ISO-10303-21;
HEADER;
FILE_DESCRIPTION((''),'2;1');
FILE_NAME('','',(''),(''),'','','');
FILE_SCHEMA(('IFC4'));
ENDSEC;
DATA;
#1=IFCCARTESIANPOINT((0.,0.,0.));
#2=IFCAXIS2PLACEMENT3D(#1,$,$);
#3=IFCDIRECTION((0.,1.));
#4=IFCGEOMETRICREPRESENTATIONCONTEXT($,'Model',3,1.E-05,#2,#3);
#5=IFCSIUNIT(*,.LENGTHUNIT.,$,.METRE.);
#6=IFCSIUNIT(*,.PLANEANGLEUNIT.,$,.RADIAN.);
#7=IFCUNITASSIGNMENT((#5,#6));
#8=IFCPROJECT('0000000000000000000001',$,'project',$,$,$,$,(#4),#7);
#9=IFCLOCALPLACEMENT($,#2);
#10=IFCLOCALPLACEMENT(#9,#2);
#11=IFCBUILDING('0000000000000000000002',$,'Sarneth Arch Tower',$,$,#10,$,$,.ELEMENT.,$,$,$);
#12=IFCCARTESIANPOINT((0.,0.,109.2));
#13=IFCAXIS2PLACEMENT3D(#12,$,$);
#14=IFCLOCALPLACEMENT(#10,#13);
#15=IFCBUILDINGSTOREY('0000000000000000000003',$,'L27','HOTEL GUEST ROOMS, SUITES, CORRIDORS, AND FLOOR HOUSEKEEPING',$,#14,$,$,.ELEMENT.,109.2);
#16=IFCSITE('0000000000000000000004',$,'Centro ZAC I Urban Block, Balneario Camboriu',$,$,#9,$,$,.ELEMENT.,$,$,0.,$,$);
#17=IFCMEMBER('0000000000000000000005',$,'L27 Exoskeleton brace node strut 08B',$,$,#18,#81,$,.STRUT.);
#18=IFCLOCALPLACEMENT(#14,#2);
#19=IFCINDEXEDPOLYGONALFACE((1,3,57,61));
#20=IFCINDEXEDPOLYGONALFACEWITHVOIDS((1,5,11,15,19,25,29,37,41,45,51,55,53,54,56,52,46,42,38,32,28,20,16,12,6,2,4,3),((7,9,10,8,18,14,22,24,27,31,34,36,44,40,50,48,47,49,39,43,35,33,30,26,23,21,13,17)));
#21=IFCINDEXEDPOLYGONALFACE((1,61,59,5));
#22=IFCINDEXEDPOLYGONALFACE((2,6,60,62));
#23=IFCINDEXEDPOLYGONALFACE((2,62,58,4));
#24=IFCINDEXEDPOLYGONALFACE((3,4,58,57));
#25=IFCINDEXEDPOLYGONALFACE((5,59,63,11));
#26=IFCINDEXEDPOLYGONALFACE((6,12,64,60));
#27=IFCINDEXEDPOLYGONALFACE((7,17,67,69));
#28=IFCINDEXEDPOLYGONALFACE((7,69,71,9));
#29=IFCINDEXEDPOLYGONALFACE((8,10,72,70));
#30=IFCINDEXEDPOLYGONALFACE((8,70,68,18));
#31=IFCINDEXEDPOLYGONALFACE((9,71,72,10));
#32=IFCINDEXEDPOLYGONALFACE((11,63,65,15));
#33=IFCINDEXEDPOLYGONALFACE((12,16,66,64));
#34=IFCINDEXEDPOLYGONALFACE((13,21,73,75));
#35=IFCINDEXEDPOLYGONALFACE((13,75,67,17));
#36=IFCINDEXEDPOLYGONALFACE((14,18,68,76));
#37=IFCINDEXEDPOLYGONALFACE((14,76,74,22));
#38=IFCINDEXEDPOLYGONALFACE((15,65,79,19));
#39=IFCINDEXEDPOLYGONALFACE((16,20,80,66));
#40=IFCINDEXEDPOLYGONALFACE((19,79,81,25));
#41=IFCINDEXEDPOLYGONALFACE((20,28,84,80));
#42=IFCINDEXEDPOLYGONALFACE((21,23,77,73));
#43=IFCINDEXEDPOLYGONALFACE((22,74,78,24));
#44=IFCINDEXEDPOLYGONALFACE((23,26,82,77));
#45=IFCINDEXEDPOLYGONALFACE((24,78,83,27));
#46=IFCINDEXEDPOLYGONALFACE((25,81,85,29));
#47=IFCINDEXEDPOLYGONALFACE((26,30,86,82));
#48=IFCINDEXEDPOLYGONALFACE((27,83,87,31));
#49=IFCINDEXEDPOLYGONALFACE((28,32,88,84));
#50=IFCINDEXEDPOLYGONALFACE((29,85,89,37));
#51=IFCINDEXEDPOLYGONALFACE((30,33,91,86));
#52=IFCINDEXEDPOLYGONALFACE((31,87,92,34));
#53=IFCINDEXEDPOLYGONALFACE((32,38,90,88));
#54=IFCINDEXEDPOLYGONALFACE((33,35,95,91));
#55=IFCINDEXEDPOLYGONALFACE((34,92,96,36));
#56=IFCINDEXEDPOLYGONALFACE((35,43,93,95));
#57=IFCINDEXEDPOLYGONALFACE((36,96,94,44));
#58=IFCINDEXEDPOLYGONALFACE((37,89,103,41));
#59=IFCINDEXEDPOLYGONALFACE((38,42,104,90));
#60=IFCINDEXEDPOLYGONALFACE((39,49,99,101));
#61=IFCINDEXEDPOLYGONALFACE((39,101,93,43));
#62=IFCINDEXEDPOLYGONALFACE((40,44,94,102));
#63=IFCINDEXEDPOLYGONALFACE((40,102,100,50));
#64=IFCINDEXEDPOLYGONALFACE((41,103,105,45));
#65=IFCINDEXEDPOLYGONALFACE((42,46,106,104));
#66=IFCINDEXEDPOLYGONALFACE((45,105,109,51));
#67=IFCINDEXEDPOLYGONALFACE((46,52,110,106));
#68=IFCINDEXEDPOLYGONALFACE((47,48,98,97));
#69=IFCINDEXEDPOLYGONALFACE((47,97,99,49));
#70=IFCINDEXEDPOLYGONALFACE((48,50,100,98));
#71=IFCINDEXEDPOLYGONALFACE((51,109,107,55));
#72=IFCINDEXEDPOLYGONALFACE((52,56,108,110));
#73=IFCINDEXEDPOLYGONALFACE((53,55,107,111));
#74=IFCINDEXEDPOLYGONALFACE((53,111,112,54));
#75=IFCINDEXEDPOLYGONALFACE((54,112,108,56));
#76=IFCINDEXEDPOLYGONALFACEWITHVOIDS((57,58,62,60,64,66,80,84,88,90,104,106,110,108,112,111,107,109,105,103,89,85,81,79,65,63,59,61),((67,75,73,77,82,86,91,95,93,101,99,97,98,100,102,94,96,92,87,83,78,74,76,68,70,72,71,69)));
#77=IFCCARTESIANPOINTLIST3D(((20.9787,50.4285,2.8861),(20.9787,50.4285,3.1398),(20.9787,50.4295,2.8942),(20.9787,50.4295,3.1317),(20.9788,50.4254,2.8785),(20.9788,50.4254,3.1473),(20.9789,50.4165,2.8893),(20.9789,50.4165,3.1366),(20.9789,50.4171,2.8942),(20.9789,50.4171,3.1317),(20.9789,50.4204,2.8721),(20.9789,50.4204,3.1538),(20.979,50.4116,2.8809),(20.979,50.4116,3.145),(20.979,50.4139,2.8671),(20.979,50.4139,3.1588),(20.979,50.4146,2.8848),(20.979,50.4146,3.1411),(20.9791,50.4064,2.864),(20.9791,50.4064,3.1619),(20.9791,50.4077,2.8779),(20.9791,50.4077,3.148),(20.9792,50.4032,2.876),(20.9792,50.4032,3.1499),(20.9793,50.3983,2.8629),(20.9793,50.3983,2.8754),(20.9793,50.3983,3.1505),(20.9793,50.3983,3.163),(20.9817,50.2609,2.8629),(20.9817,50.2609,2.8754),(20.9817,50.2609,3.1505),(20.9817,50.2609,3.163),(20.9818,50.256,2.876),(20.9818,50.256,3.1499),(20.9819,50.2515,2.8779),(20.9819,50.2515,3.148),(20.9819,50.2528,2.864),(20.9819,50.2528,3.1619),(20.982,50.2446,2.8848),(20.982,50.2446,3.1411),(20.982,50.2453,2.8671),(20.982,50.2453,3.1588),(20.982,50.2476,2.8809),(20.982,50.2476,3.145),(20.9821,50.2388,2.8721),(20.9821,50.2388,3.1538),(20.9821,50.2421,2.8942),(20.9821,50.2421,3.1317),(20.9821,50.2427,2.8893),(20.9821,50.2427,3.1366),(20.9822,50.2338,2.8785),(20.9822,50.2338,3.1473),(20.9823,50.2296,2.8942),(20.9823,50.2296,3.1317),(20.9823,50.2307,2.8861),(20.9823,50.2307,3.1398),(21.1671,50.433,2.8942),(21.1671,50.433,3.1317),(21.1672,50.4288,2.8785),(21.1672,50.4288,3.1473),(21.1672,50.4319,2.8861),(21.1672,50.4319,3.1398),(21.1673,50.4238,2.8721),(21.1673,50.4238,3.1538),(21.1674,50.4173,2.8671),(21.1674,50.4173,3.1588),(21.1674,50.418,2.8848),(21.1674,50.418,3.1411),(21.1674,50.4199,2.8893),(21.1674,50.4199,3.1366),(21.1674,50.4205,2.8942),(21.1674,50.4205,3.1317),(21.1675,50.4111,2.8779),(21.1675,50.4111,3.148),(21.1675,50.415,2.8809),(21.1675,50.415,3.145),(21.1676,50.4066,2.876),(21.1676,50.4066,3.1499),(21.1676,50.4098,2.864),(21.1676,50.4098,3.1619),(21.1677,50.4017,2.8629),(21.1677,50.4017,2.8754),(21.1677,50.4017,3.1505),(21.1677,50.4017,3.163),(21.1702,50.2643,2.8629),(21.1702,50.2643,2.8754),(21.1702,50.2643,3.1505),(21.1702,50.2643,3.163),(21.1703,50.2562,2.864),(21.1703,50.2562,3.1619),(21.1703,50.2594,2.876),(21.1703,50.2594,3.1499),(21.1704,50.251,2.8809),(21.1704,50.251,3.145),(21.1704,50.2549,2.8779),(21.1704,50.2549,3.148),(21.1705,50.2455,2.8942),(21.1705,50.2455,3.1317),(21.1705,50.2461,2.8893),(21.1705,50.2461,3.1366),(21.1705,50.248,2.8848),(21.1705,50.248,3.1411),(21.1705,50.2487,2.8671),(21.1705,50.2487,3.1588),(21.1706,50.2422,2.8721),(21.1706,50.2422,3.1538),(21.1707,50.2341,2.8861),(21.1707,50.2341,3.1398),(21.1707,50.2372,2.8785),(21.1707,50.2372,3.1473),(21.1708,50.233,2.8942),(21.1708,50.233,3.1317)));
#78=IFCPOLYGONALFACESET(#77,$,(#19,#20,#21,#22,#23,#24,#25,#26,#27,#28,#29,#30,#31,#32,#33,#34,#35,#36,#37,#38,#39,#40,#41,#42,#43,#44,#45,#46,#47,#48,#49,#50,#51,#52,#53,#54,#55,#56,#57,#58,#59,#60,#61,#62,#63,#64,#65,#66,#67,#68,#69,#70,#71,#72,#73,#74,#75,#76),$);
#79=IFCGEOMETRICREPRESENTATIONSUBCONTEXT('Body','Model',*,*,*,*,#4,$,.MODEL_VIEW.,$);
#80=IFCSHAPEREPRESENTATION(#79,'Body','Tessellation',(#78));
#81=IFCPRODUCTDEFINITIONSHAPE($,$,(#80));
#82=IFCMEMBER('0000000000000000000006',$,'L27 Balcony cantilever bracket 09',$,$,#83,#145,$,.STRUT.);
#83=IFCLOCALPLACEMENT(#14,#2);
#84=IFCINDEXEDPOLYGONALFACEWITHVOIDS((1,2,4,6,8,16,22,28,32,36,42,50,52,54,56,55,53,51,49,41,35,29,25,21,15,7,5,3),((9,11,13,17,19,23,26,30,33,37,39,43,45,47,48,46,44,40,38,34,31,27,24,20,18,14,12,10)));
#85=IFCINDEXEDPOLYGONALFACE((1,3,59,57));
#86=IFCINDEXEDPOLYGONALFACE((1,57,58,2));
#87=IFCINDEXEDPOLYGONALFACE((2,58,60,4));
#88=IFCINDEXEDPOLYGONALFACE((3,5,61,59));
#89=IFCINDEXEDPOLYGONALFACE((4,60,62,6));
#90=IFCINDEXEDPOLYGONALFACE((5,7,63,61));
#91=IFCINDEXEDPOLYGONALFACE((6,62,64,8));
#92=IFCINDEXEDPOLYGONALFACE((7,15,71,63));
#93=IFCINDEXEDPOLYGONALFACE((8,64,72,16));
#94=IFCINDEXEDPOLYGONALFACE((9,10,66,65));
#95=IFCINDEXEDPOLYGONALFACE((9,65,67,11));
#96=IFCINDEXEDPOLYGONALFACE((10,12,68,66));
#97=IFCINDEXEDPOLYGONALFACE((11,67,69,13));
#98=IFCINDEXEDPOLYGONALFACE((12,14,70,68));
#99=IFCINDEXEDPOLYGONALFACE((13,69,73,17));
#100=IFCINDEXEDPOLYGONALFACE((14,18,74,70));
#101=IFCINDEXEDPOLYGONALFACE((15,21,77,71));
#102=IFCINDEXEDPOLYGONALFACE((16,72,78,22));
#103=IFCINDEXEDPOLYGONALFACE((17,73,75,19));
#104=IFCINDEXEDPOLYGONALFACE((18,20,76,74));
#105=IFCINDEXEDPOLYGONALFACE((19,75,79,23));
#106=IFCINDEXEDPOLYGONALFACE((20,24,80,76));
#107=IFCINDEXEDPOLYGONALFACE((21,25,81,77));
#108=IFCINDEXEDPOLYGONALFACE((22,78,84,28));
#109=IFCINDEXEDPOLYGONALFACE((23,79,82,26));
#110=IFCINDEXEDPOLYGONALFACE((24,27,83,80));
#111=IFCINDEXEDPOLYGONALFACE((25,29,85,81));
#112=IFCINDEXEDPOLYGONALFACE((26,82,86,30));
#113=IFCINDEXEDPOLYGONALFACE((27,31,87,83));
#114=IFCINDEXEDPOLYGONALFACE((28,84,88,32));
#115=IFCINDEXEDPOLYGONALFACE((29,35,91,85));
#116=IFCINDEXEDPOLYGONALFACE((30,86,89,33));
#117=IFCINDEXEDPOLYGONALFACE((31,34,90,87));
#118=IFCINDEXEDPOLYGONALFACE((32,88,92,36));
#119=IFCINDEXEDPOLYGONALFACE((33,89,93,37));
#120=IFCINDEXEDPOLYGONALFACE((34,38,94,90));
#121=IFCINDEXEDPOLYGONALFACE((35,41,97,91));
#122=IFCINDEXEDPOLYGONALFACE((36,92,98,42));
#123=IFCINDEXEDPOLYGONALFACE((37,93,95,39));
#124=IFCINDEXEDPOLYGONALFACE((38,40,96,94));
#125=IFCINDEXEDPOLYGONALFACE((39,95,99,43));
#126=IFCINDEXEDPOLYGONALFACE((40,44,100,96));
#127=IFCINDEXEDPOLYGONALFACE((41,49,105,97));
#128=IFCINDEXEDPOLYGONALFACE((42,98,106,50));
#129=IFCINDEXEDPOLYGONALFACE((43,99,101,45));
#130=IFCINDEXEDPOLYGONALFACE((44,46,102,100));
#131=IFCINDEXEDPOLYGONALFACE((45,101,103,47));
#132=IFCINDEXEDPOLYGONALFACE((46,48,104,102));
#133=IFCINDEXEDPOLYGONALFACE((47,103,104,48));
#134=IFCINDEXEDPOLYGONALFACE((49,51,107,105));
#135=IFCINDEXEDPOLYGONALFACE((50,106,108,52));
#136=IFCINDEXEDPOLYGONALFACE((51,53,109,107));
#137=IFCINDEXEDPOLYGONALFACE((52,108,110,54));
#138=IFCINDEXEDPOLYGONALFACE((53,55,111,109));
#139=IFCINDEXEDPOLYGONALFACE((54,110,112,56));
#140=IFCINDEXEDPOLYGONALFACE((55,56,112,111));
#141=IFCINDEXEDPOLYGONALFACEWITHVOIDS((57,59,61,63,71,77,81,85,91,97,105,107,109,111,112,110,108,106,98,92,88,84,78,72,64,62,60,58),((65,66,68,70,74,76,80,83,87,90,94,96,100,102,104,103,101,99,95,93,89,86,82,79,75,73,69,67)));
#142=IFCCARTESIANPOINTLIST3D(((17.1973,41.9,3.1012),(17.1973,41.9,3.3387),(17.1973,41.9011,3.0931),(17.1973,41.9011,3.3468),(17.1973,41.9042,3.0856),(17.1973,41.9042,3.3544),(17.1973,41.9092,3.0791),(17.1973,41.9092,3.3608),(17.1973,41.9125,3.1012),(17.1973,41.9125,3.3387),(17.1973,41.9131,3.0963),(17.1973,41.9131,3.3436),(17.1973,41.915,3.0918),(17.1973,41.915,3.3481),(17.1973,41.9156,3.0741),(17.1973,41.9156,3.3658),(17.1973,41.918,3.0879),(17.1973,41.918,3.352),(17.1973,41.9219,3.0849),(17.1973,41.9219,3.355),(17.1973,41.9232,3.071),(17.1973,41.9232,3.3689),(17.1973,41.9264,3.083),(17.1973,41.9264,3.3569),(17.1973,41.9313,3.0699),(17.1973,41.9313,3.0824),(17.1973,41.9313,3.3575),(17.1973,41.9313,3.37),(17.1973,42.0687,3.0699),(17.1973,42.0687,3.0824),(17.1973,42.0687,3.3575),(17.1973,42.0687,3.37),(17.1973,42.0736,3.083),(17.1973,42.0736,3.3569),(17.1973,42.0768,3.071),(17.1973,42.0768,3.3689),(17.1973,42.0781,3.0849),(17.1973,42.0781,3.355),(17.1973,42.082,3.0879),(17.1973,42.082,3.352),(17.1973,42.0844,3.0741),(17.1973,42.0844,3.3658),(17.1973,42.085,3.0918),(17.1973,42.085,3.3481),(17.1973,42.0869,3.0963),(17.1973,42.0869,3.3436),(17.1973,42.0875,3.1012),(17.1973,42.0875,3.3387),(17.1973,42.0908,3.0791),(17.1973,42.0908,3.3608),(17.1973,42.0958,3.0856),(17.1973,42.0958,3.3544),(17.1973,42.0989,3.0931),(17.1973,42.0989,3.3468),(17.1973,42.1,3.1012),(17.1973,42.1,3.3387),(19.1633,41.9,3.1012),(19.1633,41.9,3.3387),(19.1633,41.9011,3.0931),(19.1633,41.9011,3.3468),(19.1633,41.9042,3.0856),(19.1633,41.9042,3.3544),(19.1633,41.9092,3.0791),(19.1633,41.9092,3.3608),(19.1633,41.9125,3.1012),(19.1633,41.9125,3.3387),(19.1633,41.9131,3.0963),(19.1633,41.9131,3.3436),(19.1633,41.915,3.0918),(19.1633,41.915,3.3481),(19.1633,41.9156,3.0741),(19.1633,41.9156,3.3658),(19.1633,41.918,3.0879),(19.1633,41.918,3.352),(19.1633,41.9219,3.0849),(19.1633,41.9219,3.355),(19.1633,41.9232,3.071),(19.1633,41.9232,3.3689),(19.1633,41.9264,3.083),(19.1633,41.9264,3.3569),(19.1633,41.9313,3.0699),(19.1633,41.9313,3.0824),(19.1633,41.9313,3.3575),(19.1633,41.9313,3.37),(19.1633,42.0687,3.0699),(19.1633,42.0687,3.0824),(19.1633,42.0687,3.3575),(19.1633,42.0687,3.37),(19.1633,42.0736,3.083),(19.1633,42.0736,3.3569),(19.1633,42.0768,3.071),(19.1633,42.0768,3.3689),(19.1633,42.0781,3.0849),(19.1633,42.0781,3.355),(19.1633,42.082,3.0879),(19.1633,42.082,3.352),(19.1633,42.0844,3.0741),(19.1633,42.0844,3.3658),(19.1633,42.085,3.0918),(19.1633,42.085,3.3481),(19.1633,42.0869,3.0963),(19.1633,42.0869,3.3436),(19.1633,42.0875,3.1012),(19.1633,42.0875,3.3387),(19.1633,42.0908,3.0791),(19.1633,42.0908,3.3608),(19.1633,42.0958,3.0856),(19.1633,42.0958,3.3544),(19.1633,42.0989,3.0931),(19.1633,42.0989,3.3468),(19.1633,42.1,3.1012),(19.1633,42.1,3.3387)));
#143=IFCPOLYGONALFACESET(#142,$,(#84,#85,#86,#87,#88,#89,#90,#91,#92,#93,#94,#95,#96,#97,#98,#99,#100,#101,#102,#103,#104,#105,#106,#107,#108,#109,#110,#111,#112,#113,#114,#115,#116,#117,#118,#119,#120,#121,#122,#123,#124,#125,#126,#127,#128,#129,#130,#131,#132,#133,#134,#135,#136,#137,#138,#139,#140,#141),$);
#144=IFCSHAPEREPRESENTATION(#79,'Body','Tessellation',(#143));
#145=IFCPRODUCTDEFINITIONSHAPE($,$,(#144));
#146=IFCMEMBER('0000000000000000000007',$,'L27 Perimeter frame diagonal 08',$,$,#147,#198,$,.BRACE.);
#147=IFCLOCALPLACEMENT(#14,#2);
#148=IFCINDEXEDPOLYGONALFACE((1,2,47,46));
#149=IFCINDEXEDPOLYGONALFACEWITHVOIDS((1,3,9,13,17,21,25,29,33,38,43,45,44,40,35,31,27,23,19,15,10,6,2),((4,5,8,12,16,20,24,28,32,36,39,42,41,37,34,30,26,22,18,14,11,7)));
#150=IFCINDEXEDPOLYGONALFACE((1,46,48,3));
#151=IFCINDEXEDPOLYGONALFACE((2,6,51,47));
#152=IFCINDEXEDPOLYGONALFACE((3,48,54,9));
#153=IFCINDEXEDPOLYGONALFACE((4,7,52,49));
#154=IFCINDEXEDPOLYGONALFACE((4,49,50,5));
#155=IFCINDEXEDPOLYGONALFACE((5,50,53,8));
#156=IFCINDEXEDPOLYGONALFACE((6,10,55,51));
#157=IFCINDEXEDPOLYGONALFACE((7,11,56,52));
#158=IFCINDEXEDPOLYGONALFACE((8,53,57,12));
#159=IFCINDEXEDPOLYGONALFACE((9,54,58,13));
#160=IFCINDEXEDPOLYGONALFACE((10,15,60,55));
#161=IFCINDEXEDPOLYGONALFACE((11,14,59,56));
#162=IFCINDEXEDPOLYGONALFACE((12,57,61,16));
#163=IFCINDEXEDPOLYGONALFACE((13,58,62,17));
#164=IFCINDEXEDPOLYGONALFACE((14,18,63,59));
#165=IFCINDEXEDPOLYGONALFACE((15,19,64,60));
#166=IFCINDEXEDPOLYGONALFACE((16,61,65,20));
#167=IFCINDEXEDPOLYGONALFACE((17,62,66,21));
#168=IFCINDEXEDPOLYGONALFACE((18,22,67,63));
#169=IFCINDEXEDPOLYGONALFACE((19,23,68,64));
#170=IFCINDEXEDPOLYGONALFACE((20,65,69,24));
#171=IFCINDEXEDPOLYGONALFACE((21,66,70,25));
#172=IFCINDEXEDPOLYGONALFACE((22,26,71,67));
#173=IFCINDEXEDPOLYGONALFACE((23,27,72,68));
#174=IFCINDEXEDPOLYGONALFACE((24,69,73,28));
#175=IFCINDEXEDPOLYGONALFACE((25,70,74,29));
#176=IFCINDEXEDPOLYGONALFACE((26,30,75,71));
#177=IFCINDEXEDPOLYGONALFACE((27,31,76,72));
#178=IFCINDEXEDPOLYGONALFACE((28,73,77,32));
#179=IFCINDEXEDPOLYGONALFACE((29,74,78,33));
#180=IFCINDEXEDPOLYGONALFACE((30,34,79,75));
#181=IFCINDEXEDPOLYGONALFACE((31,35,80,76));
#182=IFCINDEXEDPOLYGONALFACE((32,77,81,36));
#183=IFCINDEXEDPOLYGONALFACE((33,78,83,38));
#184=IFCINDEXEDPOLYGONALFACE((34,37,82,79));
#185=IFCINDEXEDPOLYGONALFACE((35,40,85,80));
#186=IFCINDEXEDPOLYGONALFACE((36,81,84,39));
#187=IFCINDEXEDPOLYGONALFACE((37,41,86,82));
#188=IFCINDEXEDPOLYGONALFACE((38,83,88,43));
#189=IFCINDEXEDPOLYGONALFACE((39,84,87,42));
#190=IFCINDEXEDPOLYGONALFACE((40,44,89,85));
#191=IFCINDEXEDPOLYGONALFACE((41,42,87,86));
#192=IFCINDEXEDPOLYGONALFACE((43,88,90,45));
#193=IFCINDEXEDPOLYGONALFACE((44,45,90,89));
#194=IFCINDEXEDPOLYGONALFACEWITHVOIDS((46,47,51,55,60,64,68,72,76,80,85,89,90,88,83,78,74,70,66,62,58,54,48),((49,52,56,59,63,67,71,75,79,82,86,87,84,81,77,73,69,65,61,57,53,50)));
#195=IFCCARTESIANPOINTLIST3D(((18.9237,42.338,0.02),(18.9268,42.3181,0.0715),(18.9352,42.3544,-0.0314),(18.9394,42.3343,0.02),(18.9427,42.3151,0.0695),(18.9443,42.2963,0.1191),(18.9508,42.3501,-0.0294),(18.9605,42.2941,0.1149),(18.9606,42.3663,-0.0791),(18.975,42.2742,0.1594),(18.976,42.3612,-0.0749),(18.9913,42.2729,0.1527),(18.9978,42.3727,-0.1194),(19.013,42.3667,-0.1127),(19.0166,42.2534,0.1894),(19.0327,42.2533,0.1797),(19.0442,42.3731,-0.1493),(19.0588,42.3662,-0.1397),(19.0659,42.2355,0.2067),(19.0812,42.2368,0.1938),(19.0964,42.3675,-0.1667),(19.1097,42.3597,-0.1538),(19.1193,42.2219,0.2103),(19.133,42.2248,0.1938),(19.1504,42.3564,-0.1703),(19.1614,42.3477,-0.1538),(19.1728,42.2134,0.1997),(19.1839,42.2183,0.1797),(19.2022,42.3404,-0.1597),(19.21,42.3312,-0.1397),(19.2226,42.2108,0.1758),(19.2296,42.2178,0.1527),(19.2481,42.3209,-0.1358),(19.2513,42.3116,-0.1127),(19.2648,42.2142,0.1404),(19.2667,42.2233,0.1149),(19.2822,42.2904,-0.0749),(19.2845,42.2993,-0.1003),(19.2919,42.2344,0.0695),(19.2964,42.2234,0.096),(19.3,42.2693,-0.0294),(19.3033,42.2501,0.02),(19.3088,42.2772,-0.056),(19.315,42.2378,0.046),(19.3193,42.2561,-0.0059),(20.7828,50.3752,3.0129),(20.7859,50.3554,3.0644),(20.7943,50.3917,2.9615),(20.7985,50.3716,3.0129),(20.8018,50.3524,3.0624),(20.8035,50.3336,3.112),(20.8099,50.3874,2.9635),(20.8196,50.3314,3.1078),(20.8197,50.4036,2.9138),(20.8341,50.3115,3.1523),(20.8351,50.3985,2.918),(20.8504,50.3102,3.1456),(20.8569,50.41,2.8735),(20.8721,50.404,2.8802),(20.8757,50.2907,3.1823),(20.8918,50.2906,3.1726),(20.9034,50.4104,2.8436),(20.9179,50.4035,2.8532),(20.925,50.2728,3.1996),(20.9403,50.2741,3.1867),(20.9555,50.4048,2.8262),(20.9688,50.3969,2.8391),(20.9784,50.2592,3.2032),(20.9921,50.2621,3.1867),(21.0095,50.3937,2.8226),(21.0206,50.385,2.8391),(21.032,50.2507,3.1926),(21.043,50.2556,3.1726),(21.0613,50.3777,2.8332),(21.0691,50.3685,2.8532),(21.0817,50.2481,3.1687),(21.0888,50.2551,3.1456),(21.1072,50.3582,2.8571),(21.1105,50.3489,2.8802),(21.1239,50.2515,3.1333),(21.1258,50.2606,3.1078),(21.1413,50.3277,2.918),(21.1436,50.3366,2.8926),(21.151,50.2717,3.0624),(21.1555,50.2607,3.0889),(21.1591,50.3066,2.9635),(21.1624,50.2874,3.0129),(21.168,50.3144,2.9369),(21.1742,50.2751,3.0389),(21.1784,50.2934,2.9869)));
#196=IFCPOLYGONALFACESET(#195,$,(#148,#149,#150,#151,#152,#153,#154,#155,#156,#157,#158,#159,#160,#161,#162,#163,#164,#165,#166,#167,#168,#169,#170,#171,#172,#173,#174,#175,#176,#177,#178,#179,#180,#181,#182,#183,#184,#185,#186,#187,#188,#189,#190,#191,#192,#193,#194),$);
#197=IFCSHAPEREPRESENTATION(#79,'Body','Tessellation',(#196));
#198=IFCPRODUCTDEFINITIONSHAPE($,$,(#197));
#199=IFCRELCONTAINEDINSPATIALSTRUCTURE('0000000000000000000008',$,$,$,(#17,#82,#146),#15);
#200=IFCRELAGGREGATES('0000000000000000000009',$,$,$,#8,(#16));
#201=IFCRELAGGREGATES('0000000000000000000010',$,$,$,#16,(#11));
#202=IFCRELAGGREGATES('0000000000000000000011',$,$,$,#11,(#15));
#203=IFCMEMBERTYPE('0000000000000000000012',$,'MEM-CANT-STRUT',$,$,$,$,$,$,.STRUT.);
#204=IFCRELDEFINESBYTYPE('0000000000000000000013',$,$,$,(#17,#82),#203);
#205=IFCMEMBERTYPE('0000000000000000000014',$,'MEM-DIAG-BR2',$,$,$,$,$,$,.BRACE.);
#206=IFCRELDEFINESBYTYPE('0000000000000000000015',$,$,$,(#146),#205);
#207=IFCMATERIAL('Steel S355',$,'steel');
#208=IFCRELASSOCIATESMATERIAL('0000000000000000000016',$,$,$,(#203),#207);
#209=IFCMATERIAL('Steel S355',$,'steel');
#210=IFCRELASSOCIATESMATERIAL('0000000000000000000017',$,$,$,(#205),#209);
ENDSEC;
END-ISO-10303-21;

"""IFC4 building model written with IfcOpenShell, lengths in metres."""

from ifc_helpers import new_model, si_unit, direction, frame, origin, origin_2d, place, context, subcontext, project, spatial, hollow_rectangle, hollow_circle, extrude, material, material_profile, profile_set, type_object, element, save


model = new_model("IFC4")

# Units and contexts
model_context = context("Model", 3, precision=1e-05, world=origin(), true_north=direction((0.0, 1.0)))
body_context = subcontext(model_context, "Body", "Model", "MODEL_VIEW")
ifc_project = project(units=[si_unit("LENGTHUNIT", "METRE"), si_unit("PLANEANGLEUNIT", "RADIAN")], contexts=[model_context])

# Site, building, storey
site_placement = place(None, origin())
site = spatial("IfcSite", under=ifc_project, at=site_placement, Name="Centro ZAC I Urban Block, Balneario Camboriu", CompositionType="ELEMENT", RefElevation=0.0)
building_placement = place(site_placement, origin())
building = spatial("IfcBuilding", under=site, at=building_placement, Name="Sarneth Arch Tower", CompositionType="ELEMENT")
storey_placement = place(building_placement, frame((0.0, 0.0, 109.2)))
storey = spatial("IfcBuildingStorey", under=building, at=storey_placement, Name="L27", Description="HOTEL GUEST ROOMS, SUITES, CORRIDORS, AND FLOOR HOUSEKEEPING", CompositionType="ELEMENT", Elevation=109.2)

# Members
ifc_material_1 = material(Name="Steel S355", Category="steel")
ifc_material_profile_1 = material_profile(ifc_material_1, hollow_rectangle(XDim=0.2, YDim=0.3, WallThickness=0.0125, InnerFilletRadius=0.0188, OuterFilletRadius=0.0312, at=origin_2d()), Name="RHS300x200x12.5")
ifc_profile_set_1 = profile_set([ifc_material_profile_1], Name="Steel S355")
member_type_1 = type_object("IfcMemberType", Name="MEM-CANT-STRUT", PredefinedType="STRUT", material=ifc_profile_set_1)
member_1_placement = place(storey_placement, frame((21.1689, 50.333, 3.0129), z_axis=(-0.999836, -0.018132, 0.0), x_axis=(0.018132, -0.999836, 0.0)))
element("IfcMember", 1, at=member_1_placement, inside=storey, type_object=member_type_1, Name="L27 Exoskeleton brace node strut 08B", PredefinedType="STRUT", context=body_context, shape_type="SweptSolid", body=[
    extrude(hollow_rectangle(XDim=0.2, YDim=0.3, WallThickness=0.0125, InnerFilletRadius=0.0188, OuterFilletRadius=0.0312, at=origin_2d()), origin(), (0.0, 0.0, 1.0), 0.1885),
])
member_2_placement = place(storey_placement, frame((19.1633, 42.0, 3.22), z_axis=(-1.0, 0.0, 0.0), x_axis=(0.0, -1.0, 0.0)))
element("IfcMember", 2, at=member_2_placement, inside=storey, type_object=member_type_1, Name="L27 Balcony cantilever bracket 09", PredefinedType="STRUT", context=body_context, shape_type="SweptSolid", body=[
    extrude(hollow_rectangle(XDim=0.2, YDim=0.3, WallThickness=0.0125, InnerFilletRadius=0.0188, OuterFilletRadius=0.0312, at=origin_2d()), origin(), (0.0, 0.0, 1.0), 1.9661),
])
ifc_material_2 = material(Name="Steel S355", Category="steel")
ifc_material_profile_2 = material_profile(ifc_material_2, hollow_circle(Radius=0.2029, WallThickness=0.0161, at=origin_2d()), Name="CHS406x16")
ifc_profile_set_2 = profile_set([ifc_material_profile_2], Name="Steel S355")
member_type_2 = type_object("IfcMemberType", Name="MEM-DIAG-BR2", PredefinedType="BRACE", material=ifc_profile_set_2)
member_3_placement = place(storey_placement, frame((19.1213, 42.2922, 0.02), z_axis=(0.21185, 0.915864, 0.341046), x_axis=(-0.974275, 0.225361, 0.0)))
element("IfcMember", 3, at=member_3_placement, inside=storey, type_object=member_type_2, Name="L27 Perimeter frame diagonal 08", PredefinedType="BRACE", context=body_context, shape_type="SweptSolid", body=[
    extrude(hollow_circle(Radius=0.2029, WallThickness=0.0161, at=origin_2d()), origin(), (0.0, 0.0, 1.0), 8.7756),
])

save(model, "model.ifc")
